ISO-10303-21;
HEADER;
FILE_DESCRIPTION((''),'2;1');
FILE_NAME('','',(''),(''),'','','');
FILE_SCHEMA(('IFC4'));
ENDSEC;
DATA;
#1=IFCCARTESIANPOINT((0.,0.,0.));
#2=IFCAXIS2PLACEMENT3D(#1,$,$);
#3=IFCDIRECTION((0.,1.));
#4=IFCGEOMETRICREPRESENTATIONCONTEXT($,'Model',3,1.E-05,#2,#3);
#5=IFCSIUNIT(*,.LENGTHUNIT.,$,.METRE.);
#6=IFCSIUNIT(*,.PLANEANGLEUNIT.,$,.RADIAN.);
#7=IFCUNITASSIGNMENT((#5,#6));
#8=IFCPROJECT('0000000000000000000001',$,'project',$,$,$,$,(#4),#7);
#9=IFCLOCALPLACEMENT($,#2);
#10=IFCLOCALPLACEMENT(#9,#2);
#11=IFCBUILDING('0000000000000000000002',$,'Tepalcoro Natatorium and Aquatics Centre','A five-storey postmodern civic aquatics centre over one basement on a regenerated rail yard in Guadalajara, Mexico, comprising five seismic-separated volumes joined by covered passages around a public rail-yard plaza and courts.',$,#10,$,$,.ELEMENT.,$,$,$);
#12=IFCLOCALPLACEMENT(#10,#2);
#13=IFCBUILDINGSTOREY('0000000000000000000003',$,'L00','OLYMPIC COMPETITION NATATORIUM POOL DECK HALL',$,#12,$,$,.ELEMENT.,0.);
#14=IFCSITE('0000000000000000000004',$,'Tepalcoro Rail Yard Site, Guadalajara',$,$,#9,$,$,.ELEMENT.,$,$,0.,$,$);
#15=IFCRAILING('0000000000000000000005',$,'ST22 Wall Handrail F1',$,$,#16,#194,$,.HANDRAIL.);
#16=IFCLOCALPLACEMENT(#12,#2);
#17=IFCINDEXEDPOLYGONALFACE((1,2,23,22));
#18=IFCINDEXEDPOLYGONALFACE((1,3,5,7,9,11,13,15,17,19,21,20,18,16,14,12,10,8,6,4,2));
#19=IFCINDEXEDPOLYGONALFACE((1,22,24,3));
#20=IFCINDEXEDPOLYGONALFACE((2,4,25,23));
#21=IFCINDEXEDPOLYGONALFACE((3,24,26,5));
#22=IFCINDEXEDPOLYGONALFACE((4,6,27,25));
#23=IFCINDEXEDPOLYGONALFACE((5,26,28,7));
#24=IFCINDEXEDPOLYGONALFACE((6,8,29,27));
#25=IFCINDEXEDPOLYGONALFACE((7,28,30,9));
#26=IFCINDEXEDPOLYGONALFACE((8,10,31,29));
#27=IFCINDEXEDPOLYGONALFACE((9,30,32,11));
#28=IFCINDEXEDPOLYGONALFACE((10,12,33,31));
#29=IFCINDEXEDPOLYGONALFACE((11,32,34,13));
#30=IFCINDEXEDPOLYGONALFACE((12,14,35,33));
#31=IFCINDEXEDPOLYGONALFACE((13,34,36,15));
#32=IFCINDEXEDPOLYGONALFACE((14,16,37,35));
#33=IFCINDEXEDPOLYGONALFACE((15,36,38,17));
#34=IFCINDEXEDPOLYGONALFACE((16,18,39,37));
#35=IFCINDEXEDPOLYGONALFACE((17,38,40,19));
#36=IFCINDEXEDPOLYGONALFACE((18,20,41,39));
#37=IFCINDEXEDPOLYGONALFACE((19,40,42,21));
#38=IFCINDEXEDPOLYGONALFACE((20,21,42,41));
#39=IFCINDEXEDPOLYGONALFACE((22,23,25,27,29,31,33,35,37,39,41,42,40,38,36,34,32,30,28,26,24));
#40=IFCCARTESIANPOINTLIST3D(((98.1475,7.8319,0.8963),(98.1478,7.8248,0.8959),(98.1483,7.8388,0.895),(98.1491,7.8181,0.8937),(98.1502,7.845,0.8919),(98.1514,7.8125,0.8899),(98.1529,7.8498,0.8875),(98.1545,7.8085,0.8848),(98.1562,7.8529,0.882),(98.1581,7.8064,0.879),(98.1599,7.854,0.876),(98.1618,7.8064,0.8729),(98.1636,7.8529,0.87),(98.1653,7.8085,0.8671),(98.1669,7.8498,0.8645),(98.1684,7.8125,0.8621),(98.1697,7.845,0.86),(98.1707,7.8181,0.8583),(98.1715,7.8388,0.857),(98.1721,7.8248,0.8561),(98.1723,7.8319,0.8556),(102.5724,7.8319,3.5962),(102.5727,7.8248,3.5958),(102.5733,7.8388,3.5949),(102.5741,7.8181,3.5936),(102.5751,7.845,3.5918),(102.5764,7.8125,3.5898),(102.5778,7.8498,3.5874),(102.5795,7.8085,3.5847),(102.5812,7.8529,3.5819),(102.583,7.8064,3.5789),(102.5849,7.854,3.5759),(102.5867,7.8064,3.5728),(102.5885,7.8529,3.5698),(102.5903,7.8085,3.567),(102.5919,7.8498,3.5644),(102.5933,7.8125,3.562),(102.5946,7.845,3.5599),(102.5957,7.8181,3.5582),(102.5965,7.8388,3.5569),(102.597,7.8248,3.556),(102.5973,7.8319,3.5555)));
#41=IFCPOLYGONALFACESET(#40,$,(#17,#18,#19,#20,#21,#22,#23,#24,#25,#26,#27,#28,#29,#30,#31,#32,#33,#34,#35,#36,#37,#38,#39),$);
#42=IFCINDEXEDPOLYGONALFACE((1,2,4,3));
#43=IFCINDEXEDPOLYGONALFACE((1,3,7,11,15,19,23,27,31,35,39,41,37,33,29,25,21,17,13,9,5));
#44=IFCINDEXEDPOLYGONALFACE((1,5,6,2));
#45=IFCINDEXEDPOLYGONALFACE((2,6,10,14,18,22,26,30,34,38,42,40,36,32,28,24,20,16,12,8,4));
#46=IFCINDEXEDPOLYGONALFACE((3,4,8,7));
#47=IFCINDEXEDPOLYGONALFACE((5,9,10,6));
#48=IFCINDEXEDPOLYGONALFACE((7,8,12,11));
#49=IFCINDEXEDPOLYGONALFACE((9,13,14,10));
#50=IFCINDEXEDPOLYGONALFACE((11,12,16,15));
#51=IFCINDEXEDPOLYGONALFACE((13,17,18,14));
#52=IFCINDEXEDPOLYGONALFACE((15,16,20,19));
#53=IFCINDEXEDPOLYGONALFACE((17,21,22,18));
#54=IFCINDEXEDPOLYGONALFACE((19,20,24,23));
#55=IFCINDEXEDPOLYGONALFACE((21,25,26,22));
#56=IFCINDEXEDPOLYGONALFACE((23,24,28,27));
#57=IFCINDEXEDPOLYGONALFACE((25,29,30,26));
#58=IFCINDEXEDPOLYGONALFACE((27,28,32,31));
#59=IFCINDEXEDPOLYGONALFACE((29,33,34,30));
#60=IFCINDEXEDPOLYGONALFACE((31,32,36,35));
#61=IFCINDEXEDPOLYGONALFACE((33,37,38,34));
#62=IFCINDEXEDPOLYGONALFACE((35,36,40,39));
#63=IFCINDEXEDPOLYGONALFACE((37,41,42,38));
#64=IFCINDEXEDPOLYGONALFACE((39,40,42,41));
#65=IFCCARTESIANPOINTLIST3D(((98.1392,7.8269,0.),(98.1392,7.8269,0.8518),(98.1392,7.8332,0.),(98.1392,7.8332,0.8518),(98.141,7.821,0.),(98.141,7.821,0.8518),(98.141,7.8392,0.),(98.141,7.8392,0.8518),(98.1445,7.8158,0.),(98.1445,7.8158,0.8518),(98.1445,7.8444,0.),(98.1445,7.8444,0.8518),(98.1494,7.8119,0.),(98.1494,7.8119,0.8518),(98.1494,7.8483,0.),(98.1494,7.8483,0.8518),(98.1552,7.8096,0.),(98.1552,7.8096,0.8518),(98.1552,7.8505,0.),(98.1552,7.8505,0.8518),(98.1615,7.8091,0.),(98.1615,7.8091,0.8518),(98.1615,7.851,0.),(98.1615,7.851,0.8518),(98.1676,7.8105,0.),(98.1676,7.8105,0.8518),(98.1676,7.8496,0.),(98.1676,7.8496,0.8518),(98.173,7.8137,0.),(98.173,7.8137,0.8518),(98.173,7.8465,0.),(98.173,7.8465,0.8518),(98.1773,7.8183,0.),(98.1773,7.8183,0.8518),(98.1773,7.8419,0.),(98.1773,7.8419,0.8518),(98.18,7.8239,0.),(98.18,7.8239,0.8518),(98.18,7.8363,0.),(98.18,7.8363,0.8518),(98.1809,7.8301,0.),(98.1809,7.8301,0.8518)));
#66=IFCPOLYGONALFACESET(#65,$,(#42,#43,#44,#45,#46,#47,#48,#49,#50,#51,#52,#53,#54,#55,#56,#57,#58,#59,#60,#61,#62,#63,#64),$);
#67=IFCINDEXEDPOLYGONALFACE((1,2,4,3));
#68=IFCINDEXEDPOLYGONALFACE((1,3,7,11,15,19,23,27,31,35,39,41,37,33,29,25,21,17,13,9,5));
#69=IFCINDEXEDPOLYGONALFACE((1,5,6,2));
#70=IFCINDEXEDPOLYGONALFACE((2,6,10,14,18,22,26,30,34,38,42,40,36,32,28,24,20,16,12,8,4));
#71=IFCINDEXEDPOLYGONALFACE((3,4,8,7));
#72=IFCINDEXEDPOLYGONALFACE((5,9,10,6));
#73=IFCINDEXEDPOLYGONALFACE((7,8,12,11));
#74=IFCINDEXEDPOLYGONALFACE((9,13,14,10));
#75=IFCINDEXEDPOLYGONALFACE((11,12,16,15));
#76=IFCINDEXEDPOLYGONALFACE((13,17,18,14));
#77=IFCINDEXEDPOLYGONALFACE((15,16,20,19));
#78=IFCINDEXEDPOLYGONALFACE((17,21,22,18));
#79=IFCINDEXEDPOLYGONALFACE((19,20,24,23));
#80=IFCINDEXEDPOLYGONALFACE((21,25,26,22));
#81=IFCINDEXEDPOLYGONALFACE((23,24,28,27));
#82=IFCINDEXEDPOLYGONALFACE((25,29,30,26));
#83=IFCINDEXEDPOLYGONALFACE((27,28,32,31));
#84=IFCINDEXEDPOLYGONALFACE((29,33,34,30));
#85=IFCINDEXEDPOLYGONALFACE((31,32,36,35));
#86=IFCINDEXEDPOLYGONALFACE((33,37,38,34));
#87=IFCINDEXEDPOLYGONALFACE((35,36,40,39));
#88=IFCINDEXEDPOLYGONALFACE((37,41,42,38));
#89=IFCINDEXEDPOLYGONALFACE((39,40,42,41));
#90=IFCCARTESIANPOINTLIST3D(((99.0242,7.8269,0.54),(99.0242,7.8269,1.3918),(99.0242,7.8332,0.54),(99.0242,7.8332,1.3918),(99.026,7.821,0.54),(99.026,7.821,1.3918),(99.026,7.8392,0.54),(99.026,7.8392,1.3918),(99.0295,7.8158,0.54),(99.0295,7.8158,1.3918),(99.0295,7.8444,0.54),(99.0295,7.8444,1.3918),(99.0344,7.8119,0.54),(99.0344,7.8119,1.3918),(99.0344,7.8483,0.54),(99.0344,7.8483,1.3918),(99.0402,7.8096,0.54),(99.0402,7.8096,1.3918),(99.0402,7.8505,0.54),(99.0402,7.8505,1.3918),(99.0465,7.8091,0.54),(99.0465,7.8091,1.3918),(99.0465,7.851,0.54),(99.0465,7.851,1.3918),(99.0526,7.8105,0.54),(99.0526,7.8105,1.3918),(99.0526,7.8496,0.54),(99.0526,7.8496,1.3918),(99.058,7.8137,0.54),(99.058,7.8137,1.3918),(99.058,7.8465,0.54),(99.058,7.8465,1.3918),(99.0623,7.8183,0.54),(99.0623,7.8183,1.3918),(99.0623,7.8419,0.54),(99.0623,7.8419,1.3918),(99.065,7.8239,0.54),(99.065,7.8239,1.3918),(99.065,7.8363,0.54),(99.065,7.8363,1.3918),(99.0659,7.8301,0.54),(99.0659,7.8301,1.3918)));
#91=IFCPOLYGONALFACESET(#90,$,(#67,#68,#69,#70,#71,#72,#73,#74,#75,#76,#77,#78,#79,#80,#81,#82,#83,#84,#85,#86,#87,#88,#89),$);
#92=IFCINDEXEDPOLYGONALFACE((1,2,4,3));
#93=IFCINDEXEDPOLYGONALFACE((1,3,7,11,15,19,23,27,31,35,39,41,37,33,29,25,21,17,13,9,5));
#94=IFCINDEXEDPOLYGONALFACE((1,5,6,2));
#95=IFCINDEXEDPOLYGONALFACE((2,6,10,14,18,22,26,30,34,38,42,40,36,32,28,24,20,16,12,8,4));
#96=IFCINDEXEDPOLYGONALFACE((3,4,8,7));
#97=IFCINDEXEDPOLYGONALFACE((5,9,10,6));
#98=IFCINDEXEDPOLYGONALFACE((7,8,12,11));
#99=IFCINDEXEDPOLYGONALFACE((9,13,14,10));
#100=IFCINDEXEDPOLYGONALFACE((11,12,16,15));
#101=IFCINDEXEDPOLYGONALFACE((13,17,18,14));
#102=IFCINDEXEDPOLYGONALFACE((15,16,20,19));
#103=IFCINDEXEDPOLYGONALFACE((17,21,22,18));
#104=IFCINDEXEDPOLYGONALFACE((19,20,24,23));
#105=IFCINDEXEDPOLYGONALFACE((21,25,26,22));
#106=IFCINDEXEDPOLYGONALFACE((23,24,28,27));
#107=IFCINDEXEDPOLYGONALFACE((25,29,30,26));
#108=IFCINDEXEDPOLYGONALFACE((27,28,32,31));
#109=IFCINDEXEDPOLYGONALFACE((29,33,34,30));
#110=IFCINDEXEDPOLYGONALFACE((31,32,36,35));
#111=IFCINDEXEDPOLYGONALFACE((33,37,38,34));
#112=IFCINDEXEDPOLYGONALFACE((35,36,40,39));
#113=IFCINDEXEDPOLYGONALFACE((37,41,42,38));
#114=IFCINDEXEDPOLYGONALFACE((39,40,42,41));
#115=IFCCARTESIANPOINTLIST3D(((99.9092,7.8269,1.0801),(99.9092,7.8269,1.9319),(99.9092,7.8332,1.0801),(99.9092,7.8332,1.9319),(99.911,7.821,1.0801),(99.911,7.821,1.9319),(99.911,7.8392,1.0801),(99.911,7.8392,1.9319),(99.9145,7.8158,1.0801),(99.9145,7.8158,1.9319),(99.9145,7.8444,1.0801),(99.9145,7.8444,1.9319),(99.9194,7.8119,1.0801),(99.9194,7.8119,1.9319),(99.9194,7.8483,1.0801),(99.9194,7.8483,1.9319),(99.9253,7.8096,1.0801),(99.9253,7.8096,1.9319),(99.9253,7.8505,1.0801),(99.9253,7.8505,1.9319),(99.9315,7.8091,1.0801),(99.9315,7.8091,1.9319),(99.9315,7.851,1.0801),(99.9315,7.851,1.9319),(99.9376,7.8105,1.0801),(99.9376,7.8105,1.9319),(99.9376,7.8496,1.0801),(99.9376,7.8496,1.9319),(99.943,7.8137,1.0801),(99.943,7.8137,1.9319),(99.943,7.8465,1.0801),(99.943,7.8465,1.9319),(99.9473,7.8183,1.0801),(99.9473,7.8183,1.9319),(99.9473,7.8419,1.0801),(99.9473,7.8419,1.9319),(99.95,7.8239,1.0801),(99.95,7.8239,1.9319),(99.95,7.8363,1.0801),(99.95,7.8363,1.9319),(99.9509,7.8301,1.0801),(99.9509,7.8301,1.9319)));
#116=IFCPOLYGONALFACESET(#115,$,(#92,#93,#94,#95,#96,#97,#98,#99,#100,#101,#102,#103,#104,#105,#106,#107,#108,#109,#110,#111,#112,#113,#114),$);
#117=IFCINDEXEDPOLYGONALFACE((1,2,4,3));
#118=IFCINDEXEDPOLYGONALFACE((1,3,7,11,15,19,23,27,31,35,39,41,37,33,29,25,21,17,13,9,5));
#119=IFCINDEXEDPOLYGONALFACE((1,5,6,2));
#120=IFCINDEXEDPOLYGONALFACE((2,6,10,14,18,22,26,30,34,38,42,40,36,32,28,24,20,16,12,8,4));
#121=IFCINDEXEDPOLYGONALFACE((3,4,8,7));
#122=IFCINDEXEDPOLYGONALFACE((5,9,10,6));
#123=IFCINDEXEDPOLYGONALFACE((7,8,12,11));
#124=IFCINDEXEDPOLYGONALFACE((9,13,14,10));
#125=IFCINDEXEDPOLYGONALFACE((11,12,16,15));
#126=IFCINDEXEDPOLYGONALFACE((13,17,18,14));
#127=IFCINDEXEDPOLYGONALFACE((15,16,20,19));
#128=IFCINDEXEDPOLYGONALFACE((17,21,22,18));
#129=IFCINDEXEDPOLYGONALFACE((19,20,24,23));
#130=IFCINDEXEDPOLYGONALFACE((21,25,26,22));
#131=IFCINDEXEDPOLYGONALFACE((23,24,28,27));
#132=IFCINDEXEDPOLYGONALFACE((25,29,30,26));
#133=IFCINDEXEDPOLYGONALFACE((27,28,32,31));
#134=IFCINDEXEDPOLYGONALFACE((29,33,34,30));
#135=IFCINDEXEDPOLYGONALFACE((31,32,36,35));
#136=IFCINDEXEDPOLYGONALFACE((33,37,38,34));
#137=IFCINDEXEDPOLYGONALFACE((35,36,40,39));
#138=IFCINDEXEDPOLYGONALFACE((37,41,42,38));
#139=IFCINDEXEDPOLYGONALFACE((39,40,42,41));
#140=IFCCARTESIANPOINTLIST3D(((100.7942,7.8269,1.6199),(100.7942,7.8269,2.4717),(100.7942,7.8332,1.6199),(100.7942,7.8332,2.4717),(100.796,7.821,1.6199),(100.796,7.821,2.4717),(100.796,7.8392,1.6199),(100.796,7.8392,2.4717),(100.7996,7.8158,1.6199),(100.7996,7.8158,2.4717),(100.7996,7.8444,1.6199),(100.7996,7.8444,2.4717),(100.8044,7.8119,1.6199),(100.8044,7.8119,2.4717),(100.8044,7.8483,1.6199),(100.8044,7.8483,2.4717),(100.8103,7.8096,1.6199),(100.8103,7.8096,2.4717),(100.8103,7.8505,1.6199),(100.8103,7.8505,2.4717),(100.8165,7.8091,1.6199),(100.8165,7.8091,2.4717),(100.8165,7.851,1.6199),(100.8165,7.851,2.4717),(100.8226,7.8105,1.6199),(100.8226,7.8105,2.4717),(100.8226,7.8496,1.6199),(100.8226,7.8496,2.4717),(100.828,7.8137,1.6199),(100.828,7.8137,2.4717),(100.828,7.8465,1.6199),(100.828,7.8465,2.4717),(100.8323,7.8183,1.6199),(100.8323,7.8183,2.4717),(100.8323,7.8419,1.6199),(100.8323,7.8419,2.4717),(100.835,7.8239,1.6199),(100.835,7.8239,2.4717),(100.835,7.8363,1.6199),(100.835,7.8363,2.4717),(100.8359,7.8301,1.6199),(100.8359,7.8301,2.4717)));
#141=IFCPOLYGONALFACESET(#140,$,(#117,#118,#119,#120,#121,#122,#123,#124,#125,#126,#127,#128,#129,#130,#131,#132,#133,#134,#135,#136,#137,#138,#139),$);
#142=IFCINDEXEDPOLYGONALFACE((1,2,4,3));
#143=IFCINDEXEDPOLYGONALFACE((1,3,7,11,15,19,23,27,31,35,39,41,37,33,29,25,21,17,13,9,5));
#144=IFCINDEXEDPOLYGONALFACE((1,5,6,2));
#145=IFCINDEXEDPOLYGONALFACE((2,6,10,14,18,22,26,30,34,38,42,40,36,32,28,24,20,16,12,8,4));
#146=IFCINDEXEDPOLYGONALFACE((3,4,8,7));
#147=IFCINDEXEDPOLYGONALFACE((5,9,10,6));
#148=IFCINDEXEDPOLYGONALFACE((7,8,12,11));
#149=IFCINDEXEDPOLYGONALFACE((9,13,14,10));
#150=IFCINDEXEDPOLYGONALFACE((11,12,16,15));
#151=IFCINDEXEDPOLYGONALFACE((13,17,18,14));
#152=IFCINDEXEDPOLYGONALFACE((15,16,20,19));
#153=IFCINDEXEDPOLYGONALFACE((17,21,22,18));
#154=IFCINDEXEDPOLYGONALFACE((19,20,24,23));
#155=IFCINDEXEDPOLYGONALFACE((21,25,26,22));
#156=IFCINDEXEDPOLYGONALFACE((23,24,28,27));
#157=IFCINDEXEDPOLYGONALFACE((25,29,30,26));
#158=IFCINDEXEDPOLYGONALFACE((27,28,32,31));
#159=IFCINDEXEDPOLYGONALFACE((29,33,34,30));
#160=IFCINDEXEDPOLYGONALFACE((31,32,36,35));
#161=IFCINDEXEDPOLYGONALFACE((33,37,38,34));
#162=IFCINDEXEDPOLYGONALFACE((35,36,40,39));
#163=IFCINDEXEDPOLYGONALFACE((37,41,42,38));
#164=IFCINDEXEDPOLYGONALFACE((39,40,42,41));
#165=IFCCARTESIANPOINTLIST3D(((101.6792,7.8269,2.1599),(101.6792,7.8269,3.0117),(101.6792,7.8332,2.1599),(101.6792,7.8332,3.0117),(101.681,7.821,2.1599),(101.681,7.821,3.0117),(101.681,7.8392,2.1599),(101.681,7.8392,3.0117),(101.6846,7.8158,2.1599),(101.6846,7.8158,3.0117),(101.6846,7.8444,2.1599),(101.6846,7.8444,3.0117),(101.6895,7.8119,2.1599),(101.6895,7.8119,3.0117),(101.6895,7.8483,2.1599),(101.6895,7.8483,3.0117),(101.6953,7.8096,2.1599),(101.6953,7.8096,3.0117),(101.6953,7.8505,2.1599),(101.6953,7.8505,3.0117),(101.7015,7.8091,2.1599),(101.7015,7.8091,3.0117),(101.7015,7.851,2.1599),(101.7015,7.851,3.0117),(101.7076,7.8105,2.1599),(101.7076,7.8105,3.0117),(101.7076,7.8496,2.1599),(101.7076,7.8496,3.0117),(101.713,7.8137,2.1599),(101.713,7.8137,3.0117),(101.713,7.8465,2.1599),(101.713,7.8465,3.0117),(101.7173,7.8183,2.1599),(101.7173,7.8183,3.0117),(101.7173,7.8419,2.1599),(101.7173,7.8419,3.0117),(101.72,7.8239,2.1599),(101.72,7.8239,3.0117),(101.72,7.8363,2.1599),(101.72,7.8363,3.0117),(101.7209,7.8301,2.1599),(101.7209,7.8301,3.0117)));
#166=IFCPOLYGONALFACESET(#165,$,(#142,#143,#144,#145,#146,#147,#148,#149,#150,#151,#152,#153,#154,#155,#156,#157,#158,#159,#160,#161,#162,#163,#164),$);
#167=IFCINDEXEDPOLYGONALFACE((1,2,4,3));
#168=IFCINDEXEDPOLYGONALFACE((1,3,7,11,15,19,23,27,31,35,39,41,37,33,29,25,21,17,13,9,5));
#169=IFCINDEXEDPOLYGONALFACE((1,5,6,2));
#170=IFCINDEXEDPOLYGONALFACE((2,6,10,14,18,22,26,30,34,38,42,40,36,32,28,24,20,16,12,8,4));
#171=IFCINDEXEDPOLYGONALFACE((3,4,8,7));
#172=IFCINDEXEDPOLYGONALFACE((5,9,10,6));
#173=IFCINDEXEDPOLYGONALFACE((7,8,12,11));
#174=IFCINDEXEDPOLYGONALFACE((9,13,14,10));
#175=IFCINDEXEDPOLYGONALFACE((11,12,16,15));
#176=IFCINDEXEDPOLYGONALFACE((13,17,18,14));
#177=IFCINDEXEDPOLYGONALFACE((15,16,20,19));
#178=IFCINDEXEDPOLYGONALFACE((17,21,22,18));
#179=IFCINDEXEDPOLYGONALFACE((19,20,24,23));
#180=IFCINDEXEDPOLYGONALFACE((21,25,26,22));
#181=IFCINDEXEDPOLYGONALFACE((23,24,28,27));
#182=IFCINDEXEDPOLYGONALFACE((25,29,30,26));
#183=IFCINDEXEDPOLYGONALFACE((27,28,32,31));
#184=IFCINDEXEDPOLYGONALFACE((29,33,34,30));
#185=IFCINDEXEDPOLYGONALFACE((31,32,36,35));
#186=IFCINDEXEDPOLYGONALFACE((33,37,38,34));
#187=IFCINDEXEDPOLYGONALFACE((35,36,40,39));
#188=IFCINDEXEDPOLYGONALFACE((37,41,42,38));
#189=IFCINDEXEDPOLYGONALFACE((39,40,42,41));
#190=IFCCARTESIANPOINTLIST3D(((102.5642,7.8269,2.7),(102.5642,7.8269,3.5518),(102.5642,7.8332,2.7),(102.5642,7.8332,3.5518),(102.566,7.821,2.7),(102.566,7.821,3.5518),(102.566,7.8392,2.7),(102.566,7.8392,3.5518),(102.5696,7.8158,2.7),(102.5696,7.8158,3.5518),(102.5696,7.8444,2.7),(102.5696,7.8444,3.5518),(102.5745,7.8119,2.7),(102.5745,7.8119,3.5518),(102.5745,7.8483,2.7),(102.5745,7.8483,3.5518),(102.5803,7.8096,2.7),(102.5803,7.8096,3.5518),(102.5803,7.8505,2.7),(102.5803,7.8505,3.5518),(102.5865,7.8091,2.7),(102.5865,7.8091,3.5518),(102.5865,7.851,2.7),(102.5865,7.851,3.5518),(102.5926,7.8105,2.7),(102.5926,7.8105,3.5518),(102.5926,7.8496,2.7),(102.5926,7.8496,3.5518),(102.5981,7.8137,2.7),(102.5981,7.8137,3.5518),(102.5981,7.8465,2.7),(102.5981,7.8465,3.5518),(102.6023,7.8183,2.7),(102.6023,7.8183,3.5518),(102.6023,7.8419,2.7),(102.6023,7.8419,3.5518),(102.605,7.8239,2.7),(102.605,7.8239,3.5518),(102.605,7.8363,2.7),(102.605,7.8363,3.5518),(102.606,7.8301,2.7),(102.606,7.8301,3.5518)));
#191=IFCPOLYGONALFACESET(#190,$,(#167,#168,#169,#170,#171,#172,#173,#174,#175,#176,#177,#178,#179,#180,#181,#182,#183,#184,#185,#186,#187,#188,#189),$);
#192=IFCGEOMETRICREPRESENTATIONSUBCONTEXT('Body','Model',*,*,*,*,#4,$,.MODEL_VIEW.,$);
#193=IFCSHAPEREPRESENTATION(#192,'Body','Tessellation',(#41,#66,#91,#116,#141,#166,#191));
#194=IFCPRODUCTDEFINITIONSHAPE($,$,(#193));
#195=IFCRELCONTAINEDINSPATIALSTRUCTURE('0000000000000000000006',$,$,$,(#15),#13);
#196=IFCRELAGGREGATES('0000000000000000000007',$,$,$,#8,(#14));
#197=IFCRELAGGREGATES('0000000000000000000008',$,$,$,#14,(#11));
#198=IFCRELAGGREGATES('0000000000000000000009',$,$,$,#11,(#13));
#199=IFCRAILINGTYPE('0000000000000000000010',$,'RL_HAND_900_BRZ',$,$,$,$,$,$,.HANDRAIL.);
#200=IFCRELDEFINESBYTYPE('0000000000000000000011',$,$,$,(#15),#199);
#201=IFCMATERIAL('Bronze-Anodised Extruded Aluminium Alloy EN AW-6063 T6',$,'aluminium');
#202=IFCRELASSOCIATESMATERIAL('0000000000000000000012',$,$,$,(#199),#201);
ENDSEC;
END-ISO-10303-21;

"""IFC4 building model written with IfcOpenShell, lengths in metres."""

from ifc_helpers import new_model, si_unit, direction, frame, origin, origin_2d, place, context, subcontext, project, spatial, circle, extrude, material, type_object, element, save


model = new_model("IFC4")

# Units and contexts
model_context = context("Model", 3, precision=1e-05, world=origin(), true_north=direction((0.0, 1.0)))
body_context = subcontext(model_context, "Body", "Model", "MODEL_VIEW")
ifc_project = project(units=[si_unit("LENGTHUNIT", "METRE"), si_unit("PLANEANGLEUNIT", "RADIAN")], contexts=[model_context])

# Site, building, storey
site_placement = place(None, origin())
site = spatial("IfcSite", under=ifc_project, at=site_placement, Name="Tepalcoro Rail Yard Site, Guadalajara", CompositionType="ELEMENT", RefElevation=0.0)
building_placement = place(site_placement, origin())
building = spatial("IfcBuilding", under=site, at=building_placement, Name="Tepalcoro Natatorium and Aquatics Centre", Description="A five-storey postmodern civic aquatics centre over one basement on a regenerated rail yard in Guadalajara, Mexico, comprising five seismic-separated volumes joined by covered passages around a public rail-yard plaza and courts.", CompositionType="ELEMENT")
storey_placement = place(building_placement, origin())
storey = spatial("IfcBuildingStorey", under=building, at=storey_placement, Name="L00", Description="OLYMPIC COMPETITION NATATORIUM POOL DECK HALL", CompositionType="ELEMENT", Elevation=0.0)

# Shared definitions
ifc_material_1 = material(Name="Bronze-Anodised Extruded Aluminium Alloy EN AW-6063 T6", Category="aluminium")

# Railing
railing_type_1 = type_object("IfcRailingType", Name="RL_HAND_900_BRZ", PredefinedType="HANDRAIL", material=ifc_material_1)
railing_1_placement = place(storey_placement, frame((98.1599, 7.8301, 0.0)))
element("IfcRailing", 1, at=railing_1_placement, inside=storey, type_object=railing_type_1, Name="ST22 Wall Handrail F1", PredefinedType="HANDRAIL", context=body_context, shape_type="SweptSolid", body=[
    extrude(circle(Radius=0.0239, at=origin_2d()), frame((0.0, 0.0, 0.876), z_axis=(0.853646, 0.0, 0.520854), x_axis=(0.0, 1.0, 0.0)), (0.0, 0.0, 1.0), 5.1836),
    extrude(circle(Radius=0.021, at=origin_2d()), origin(), (0.0, 0.0, 1.0), 0.8518),
    extrude(circle(Radius=0.021, at=origin_2d()), frame((0.885, 0.0, 0.54)), (0.0, 0.0, 1.0), 0.8518),
    extrude(circle(Radius=0.021, at=origin_2d()), frame((1.77, 0.0, 1.0801)), (0.0, 0.0, 1.0), 0.8518),
    extrude(circle(Radius=0.021, at=origin_2d()), frame((2.655, 0.0, 1.6199)), (0.0, 0.0, 1.0), 0.8518),
    extrude(circle(Radius=0.021, at=origin_2d()), frame((3.54, 0.0, 2.1599)), (0.0, 0.0, 1.0), 0.8518),
    extrude(circle(Radius=0.021, at=origin_2d()), frame((4.425, 0.0, 2.7)), (0.0, 0.0, 1.0), 0.8518),
])

save(model, "model.ifc")
